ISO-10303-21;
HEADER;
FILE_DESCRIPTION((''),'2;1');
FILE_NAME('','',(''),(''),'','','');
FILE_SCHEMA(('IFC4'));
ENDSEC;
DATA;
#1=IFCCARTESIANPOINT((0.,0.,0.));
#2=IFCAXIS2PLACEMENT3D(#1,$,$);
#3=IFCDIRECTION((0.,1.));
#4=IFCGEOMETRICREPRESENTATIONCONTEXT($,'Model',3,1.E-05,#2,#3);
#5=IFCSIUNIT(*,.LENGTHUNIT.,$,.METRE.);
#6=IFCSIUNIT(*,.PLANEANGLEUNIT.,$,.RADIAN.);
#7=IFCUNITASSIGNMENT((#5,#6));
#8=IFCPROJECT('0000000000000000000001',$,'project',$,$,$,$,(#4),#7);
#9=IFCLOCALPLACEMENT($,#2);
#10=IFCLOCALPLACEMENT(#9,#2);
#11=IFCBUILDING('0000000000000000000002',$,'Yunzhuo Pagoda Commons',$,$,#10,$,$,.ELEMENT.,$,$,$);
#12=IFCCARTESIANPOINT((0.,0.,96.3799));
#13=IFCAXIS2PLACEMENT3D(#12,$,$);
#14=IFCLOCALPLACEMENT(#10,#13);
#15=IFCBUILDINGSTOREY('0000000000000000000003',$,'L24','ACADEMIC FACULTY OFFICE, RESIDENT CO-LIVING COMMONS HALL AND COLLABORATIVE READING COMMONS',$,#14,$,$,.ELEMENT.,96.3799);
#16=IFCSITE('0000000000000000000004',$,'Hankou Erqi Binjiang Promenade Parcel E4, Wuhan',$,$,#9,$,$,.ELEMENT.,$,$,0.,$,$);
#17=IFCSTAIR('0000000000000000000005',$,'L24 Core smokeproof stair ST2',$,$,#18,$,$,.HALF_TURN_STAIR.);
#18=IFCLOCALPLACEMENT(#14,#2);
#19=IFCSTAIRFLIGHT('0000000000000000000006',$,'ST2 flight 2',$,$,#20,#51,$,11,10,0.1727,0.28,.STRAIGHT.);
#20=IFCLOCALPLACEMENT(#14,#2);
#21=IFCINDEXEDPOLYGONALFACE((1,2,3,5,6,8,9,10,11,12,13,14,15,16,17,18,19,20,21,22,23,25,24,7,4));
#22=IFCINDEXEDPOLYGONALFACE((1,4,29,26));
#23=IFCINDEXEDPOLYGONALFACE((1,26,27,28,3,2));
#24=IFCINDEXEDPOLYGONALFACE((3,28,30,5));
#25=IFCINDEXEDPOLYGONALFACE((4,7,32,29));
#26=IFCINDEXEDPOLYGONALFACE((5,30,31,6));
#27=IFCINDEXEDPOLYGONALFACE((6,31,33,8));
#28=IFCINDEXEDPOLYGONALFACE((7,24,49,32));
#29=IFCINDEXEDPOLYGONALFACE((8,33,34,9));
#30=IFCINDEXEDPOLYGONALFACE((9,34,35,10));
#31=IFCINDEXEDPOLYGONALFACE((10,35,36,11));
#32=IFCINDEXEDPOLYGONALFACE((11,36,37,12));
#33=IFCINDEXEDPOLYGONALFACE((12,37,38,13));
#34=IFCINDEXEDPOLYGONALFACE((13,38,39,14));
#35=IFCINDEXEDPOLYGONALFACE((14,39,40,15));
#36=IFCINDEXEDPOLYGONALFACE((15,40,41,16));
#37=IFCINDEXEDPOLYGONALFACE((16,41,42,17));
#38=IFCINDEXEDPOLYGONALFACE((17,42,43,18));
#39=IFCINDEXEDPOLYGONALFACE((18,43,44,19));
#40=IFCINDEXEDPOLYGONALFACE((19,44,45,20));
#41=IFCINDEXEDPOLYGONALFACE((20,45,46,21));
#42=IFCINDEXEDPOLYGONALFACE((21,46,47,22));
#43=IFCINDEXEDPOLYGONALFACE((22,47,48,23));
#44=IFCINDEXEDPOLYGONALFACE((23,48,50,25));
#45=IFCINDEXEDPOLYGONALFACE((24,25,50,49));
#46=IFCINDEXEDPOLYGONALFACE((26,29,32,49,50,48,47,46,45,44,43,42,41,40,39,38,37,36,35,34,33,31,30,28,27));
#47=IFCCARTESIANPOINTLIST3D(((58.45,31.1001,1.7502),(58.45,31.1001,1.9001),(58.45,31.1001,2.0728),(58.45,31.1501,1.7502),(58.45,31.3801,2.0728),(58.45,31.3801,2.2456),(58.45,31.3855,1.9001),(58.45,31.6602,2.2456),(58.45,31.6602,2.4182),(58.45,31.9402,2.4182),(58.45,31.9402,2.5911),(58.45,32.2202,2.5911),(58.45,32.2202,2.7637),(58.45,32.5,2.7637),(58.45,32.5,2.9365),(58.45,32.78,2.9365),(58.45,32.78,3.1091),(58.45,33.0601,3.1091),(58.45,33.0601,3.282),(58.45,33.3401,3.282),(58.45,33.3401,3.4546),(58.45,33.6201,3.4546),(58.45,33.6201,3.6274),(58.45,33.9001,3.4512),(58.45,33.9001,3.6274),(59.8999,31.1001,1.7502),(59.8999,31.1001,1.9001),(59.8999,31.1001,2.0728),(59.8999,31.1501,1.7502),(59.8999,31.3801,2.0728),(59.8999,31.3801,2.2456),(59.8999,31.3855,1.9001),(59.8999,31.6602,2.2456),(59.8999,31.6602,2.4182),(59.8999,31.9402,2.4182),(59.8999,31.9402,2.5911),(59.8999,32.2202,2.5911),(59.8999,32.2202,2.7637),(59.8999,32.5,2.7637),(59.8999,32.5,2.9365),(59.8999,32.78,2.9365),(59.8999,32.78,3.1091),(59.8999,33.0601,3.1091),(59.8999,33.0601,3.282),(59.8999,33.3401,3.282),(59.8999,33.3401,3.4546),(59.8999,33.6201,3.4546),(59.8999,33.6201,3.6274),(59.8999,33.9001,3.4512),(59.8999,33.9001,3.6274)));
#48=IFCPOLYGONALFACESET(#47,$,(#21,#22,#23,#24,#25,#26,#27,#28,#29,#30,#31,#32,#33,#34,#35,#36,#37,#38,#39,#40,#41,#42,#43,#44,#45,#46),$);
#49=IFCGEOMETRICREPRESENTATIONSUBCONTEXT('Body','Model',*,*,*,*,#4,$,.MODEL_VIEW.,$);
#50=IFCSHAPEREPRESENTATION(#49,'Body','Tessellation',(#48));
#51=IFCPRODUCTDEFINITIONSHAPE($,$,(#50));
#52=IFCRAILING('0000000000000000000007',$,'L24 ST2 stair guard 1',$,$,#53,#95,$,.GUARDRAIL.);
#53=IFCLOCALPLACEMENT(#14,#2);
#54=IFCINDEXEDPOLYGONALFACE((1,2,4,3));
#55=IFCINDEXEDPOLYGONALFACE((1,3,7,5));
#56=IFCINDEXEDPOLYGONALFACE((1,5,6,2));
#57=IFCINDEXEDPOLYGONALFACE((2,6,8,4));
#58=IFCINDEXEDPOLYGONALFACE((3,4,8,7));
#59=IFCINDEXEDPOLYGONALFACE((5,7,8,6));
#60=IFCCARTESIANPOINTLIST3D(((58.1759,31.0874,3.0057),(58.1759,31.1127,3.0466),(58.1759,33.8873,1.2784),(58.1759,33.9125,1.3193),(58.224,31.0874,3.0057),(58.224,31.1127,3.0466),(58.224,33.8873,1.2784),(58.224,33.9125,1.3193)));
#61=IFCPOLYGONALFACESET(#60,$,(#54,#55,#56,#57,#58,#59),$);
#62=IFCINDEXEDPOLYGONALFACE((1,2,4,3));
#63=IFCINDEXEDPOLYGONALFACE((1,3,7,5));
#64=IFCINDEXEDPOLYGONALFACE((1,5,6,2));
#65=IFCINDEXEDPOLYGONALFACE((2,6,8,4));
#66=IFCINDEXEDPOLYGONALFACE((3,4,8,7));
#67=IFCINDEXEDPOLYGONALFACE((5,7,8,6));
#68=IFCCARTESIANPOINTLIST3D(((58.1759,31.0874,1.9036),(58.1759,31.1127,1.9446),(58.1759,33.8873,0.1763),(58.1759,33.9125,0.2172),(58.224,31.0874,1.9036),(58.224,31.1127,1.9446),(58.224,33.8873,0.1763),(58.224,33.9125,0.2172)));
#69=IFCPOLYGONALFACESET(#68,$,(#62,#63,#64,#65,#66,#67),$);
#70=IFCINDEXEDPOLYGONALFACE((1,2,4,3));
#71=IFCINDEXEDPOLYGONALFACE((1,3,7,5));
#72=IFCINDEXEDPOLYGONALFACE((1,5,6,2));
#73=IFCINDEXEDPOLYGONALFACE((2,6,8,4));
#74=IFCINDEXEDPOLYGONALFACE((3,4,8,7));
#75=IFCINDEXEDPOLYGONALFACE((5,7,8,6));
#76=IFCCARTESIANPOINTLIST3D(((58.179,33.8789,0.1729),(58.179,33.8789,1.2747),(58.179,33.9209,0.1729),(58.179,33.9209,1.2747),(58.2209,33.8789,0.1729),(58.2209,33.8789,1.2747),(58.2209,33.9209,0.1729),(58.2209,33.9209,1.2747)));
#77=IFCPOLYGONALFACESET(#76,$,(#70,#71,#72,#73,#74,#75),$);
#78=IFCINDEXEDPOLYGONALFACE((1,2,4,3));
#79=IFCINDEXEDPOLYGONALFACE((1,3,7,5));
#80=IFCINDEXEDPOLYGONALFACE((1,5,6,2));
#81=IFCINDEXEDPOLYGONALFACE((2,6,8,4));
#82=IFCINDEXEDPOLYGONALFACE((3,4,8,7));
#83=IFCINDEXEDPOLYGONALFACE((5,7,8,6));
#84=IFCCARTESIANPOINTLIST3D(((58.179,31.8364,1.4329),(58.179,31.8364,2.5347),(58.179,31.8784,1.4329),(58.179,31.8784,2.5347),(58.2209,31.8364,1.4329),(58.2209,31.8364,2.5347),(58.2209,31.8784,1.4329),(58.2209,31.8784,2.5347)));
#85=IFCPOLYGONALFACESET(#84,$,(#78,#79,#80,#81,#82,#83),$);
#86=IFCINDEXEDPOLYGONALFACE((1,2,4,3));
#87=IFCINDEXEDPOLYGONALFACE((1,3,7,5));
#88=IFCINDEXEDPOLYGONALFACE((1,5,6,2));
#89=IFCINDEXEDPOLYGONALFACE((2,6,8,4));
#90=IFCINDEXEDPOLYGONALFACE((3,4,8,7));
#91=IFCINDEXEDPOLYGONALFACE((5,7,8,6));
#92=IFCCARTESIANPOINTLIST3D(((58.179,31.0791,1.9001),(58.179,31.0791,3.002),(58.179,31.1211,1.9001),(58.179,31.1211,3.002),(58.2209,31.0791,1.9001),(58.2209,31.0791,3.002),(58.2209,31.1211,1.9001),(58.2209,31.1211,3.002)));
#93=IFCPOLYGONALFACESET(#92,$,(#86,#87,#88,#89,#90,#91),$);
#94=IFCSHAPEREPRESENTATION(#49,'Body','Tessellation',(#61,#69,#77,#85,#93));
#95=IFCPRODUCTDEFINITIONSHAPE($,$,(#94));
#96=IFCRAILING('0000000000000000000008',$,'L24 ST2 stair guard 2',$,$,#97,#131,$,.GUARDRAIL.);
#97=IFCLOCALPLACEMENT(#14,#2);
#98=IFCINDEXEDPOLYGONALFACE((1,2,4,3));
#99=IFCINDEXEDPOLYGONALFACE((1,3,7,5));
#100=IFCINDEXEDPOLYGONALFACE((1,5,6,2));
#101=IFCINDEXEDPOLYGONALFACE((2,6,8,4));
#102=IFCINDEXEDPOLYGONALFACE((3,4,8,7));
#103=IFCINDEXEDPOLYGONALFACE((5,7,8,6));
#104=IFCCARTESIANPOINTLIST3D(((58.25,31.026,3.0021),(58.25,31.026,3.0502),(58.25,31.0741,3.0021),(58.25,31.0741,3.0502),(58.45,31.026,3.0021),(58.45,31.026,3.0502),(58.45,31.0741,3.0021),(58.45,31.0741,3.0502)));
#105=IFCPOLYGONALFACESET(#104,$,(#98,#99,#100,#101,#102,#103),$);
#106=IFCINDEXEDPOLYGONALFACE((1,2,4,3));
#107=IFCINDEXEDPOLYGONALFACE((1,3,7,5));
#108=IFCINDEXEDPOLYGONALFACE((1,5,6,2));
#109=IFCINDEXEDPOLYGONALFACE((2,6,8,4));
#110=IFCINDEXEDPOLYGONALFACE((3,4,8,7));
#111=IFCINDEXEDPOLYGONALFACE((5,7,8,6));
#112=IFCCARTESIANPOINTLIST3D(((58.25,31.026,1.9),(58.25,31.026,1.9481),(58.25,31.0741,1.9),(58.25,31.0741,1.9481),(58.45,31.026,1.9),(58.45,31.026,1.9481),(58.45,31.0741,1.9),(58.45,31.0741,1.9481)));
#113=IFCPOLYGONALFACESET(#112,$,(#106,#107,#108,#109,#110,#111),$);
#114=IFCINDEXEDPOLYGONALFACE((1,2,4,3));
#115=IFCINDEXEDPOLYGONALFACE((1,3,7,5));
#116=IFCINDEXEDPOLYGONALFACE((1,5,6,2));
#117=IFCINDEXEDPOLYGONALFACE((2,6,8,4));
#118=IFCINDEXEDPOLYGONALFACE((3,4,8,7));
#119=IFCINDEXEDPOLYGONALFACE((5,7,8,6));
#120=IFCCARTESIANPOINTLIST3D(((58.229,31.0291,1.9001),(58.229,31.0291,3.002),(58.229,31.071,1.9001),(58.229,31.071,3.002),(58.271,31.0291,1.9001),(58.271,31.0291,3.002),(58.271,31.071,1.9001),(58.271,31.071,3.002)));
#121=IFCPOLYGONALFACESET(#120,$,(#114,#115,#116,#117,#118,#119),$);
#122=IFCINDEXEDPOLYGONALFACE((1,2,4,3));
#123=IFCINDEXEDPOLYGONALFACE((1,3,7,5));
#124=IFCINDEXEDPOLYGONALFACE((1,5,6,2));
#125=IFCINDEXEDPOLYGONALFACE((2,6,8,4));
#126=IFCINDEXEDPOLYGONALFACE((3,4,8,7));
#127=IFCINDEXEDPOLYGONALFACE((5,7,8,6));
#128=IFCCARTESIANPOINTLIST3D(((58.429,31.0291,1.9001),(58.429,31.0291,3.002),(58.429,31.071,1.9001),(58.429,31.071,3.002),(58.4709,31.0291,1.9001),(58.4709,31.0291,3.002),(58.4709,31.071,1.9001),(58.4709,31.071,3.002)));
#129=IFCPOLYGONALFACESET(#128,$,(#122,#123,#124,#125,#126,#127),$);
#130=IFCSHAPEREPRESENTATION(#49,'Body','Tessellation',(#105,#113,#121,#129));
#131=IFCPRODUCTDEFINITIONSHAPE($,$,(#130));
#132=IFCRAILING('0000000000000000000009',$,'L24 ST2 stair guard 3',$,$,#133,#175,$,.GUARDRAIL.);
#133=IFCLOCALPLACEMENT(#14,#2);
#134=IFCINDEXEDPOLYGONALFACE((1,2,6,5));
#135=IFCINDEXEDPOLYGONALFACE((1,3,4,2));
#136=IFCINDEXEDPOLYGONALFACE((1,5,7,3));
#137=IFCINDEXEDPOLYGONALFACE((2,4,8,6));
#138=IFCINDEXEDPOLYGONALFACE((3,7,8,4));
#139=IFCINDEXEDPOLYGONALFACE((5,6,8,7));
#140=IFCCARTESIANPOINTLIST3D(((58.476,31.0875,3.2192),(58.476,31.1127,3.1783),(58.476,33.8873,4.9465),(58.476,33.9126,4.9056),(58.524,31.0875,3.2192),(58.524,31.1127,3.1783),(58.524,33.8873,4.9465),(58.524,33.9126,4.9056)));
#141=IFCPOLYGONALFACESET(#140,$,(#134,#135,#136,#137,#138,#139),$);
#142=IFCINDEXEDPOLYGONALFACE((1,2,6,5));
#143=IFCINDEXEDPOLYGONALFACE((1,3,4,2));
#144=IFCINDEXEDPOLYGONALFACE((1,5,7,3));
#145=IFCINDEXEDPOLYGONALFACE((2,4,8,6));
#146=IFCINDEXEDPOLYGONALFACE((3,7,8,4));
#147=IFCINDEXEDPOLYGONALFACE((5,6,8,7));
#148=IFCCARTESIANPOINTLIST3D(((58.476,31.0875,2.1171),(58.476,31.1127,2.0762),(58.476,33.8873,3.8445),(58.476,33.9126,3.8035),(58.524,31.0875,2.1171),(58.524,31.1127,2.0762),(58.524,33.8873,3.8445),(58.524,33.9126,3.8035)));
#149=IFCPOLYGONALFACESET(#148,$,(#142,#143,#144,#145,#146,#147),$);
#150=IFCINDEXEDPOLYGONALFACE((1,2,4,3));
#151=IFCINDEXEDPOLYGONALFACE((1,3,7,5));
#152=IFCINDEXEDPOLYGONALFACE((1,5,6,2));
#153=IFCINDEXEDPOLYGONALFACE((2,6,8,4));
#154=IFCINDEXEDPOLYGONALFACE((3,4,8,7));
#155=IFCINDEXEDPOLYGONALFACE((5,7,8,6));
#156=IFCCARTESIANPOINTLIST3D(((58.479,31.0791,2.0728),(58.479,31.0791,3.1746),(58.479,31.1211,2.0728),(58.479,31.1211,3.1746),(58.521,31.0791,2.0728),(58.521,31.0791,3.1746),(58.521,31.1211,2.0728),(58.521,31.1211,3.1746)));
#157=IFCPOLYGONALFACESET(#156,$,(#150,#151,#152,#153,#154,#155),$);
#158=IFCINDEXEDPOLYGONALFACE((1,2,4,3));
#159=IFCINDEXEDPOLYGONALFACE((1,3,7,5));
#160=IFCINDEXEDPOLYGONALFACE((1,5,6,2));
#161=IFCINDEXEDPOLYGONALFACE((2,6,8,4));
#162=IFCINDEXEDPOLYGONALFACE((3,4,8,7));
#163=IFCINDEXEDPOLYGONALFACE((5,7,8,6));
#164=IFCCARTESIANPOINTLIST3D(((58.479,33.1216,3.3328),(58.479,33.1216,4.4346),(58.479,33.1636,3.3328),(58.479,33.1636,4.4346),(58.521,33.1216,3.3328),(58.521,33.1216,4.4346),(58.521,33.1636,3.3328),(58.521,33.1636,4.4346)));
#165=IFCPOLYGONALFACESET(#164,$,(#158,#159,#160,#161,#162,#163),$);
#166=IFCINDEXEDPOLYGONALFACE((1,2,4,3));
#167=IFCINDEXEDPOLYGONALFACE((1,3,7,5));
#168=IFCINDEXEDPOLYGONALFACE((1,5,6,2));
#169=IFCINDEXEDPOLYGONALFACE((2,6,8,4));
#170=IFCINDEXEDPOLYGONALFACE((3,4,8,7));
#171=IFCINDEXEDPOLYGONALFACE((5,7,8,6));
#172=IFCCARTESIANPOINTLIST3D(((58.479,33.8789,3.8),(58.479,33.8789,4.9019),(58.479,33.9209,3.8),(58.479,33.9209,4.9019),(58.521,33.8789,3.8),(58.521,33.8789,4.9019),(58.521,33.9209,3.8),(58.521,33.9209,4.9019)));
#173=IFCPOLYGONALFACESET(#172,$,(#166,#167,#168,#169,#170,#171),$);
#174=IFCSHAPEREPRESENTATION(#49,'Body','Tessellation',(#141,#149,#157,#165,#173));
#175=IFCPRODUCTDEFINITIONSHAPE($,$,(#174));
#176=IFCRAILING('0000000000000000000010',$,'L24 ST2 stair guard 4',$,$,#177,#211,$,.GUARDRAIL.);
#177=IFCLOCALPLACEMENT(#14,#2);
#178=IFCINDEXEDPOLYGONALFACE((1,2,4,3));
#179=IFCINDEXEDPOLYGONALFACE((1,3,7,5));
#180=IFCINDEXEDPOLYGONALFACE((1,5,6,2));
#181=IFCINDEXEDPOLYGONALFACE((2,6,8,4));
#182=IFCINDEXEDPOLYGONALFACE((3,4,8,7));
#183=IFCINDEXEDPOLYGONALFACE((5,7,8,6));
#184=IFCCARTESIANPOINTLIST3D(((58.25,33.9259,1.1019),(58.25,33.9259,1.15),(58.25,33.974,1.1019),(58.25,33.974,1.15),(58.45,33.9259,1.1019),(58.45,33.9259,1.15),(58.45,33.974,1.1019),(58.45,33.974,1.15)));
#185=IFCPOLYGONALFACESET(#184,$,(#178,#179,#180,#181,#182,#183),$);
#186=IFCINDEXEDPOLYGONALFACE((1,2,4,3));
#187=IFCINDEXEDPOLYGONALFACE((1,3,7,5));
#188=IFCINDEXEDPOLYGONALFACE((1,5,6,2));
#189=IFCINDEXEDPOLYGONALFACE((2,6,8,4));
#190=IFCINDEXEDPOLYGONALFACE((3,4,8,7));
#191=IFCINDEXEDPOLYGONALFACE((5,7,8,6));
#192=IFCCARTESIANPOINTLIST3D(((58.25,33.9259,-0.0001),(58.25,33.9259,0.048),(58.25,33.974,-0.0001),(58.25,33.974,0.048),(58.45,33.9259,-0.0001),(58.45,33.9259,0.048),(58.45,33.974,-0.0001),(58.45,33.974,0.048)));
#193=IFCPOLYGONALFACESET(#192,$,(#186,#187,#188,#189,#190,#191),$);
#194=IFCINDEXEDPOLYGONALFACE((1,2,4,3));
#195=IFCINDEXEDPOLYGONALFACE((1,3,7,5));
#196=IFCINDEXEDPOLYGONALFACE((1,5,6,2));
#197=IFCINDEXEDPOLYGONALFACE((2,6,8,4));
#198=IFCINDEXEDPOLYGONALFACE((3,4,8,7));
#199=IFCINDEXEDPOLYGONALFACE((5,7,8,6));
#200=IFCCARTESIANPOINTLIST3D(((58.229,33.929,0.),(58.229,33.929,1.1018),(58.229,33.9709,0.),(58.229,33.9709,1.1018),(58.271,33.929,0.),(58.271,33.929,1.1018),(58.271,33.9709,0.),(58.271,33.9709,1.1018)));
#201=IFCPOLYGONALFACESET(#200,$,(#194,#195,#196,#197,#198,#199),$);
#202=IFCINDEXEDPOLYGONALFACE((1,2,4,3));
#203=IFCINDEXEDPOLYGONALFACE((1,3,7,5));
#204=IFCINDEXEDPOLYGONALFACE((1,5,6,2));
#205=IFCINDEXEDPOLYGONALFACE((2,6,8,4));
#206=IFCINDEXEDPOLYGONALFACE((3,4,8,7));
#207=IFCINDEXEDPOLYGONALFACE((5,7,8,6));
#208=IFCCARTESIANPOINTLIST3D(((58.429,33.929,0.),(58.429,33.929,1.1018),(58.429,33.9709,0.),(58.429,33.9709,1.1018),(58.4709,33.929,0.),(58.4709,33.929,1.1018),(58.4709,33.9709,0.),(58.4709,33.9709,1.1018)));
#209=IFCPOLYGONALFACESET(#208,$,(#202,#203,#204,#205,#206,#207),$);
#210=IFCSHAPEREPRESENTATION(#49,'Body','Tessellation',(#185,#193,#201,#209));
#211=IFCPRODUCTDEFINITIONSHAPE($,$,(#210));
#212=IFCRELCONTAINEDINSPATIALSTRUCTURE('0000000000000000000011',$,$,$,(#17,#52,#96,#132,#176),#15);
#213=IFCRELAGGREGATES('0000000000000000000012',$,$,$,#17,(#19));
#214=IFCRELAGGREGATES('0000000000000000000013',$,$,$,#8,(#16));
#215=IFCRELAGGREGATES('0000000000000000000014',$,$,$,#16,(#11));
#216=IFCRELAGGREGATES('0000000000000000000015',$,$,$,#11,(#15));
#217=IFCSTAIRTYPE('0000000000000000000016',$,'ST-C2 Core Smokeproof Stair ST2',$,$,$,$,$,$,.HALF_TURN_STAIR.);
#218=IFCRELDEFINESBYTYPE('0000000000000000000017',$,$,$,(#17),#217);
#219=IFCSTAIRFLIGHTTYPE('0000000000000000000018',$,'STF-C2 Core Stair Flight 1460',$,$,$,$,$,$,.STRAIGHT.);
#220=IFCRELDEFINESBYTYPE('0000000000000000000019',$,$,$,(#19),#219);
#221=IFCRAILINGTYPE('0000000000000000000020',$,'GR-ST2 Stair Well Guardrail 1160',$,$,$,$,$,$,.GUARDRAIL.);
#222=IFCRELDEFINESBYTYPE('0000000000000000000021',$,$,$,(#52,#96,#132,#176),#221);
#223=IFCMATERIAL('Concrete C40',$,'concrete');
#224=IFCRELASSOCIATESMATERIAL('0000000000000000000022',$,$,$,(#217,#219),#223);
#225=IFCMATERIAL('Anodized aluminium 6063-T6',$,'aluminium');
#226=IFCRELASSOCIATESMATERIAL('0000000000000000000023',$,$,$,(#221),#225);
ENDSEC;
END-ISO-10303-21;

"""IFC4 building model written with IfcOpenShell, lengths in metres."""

from ifc_helpers import new_model, si_unit, direction, frame, origin, origin_2d, place, context, subcontext, project, spatial, polyline, rectangle, outline, extrude, source, transform, mapped, material, type_object, element, aggregate, save


model = new_model("IFC4")

# Units and contexts
model_context = context("Model", 3, precision=1e-05, world=origin(), true_north=direction((0.0, 1.0)))
body_context = subcontext(model_context, "Body", "Model", "MODEL_VIEW")
ifc_project = project(units=[si_unit("LENGTHUNIT", "METRE"), si_unit("PLANEANGLEUNIT", "RADIAN")], contexts=[model_context])

# Site, building, storey
site_placement = place(None, origin())
site = spatial("IfcSite", under=ifc_project, at=site_placement, Name="Hankou Erqi Binjiang Promenade Parcel E4, Wuhan", CompositionType="ELEMENT", RefElevation=0.0)
building_placement = place(site_placement, origin())
building = spatial("IfcBuilding", under=site, at=building_placement, Name="Yunzhuo Pagoda Commons", CompositionType="ELEMENT")
storey_placement = place(building_placement, frame((0.0, 0.0, 96.3799)))
storey = spatial("IfcBuildingStorey", under=building, at=storey_placement, Name="L24", Description="ACADEMIC FACULTY OFFICE, RESIDENT CO-LIVING COMMONS HALL AND COLLABORATIVE READING COMMONS", CompositionType="ELEMENT", Elevation=96.3799)

# Shared definitions
ifc_material_1 = material(Name="Concrete C40", Category="concrete")

# Stair, stair flight
stair_type = type_object("IfcStairType", Name="ST-C2 Core Smokeproof Stair ST2", PredefinedType="HALF_TURN_STAIR", material=ifc_material_1)
stair_placement = place(storey_placement, origin())
stair = element("IfcStair", 1, at=stair_placement, inside=storey, type_object=stair_type, Name="L24 Core smokeproof stair ST2", PredefinedType="HALF_TURN_STAIR")
stair_flight_type = type_object("IfcStairFlightType", Name="STF-C2 Core Stair Flight 1460", PredefinedType="STRAIGHT", material=ifc_material_1)
shared_shape_1 = source(origin(), body_context, "Body", "SweptSolid", [
    extrude(outline(polyline([(0.0, -0.1499), (0.0, 0.0), (0.0, 0.1726), (0.28, 0.1726), (0.28, 0.3455), (0.5601, 0.3455), (0.5601, 0.5181), (0.8401, 0.5181), (0.8401, 0.6909), (1.1201, 0.6909), (1.1201, 0.8635), (1.3999, 0.8635), (1.3999, 1.0364), (1.6799, 1.0364), (1.6799, 1.209), (1.96, 1.209), (1.96, 1.3818), (2.24, 1.3818), (2.24, 1.5544), (2.52, 1.5544), (2.52, 1.7273), (2.8, 1.7273), (2.8, 1.8999), (2.8, 1.551), (0.2854, 0.0), (0.05, -0.1499), (0.0, -0.1499)])), frame((0.0, 0.7251, 0.0), z_axis=(0.0, -1.0, 0.0), x_axis=(1.0, 0.0, 0.0)), (0.0, 0.0, 1.0), 1.45),
])
stair_flight_1_placement = place(storey_placement, frame((59.175, 31.1001, 1.9001), z_axis=(0.0, 0.0, 1.0), x_axis=(0.0, 1.0, 0.0)))
stair_flight_1 = element("IfcStairFlight", 2, at=stair_flight_1_placement, type_object=stair_flight_type, Name="ST2 flight 2", NumberOfRisers=11, NumberOfTreads=10, PredefinedType="STRAIGHT", RiserHeight=0.1727, TreadLength=0.28, context=body_context, shape_type="MappedRepresentation", body=[
    mapped(shared_shape_1, transform((0.0, 0.0, 0.0), scale=1.0)),
])
aggregate(stair, [stair_flight_1])

# Railings
ifc_material_2 = material(Name="Anodized aluminium 6063-T6", Category="aluminium")
railing_type_1 = type_object("IfcRailingType", Name="GR-ST2 Stair Well Guardrail 1160", PredefinedType="GUARDRAIL", material=ifc_material_2)
railing_1_placement = place(storey_placement, frame((58.2, 33.8999, 0.1729)))
element("IfcRailing", 3, at=railing_1_placement, inside=storey, type_object=railing_type_1, Name="L24 ST2 stair guard 1", PredefinedType="GUARDRAIL", context=body_context, shape_type="SweptSolid", body=[
    extrude(rectangle(XDim=0.0481, YDim=0.0481, at=origin_2d()), frame((0.0, 0.0, 1.126), z_axis=(0.0, -0.851069, 0.525054), x_axis=(1.0, 0.0, 0.0)), (0.0, 0.0, 1.0), 3.2898),
    extrude(rectangle(XDim=0.0481, YDim=0.0481, at=origin_2d()), frame((0.0, 0.0, 0.0239), z_axis=(0.0, -0.851069, 0.525054), x_axis=(1.0, 0.0, 0.0)), (0.0, 0.0, 1.0), 3.2898),
    extrude(rectangle(XDim=0.042, YDim=0.042, at=origin_2d()), origin(), (0.0, 0.0, 1.0), 1.1018),
    extrude(rectangle(XDim=0.042, YDim=0.042, at=origin_2d()), frame((0.0, -2.0425, 1.26)), (0.0, 0.0, 1.0), 1.1018),
    extrude(rectangle(XDim=0.042, YDim=0.042, at=origin_2d()), frame((0.0, -2.7998, 1.7273)), (0.0, 0.0, 1.0), 1.1018),
])
railing_2_placement = place(storey_placement, frame((58.25, 31.05, 1.9001)))
element("IfcRailing", 4, at=railing_2_placement, inside=storey, type_object=railing_type_1, Name="L24 ST2 stair guard 2", PredefinedType="GUARDRAIL", context=body_context, shape_type="SweptSolid", body=[
    extrude(rectangle(XDim=0.0481, YDim=0.0481, at=origin_2d()), frame((0.0, 0.0, 1.126), z_axis=(1.0, 0.0, 0.0), x_axis=(0.0, 1.0, 0.0)), (0.0, 0.0, 1.0), 0.2),
    extrude(rectangle(XDim=0.0481, YDim=0.0481, at=origin_2d()), frame((0.0, 0.0, 0.0239), z_axis=(1.0, 0.0, 0.0), x_axis=(0.0, 1.0, 0.0)), (0.0, 0.0, 1.0), 0.2),
    extrude(rectangle(XDim=0.042, YDim=0.042, at=origin_2d()), origin(), (0.0, 0.0, 1.0), 1.1018),
    extrude(rectangle(XDim=0.042, YDim=0.042, at=origin_2d()), frame((0.2, 0.0, 0.0)), (0.0, 0.0, 1.0), 1.1018),
])
railing_3_placement = place(storey_placement, frame((58.5, 31.1001, 2.0728)))
element("IfcRailing", 5, at=railing_3_placement, inside=storey, type_object=railing_type_1, Name="L24 ST2 stair guard 3", PredefinedType="GUARDRAIL", context=body_context, shape_type="SweptSolid", body=[
    extrude(rectangle(XDim=0.0481, YDim=0.0481, at=origin_2d()), frame((0.0, 0.0, 1.126), z_axis=(0.0, 0.851069, 0.525054), x_axis=(-1.0, 0.0, 0.0)), (0.0, 0.0, 1.0), 3.2898),
    extrude(rectangle(XDim=0.0481, YDim=0.0481, at=origin_2d()), frame((0.0, 0.0, 0.0239), z_axis=(0.0, 0.851069, 0.525054), x_axis=(-1.0, 0.0, 0.0)), (0.0, 0.0, 1.0), 3.2898),
    extrude(rectangle(XDim=0.042, YDim=0.042, at=origin_2d()), origin(), (0.0, 0.0, 1.0), 1.1018),
    extrude(rectangle(XDim=0.042, YDim=0.042, at=origin_2d()), frame((0.0, 2.0425, 1.26)), (0.0, 0.0, 1.0), 1.1018),
    extrude(rectangle(XDim=0.042, YDim=0.042, at=origin_2d()), frame((0.0, 2.7998, 1.7273)), (0.0, 0.0, 1.0), 1.1018),
])
railing_4_placement = place(storey_placement, frame((58.25, 33.95, 0.0)))
element("IfcRailing", 6, at=railing_4_placement, inside=storey, type_object=railing_type_1, Name="L24 ST2 stair guard 4", PredefinedType="GUARDRAIL", context=body_context, shape_type="SweptSolid", body=[
    extrude(rectangle(XDim=0.0481, YDim=0.0481, at=origin_2d()), frame((0.0, 0.0, 1.126), z_axis=(1.0, 0.0, 0.0), x_axis=(0.0, 1.0, 0.0)), (0.0, 0.0, 1.0), 0.2),
    extrude(rectangle(XDim=0.0481, YDim=0.0481, at=origin_2d()), frame((0.0, 0.0, 0.0239), z_axis=(1.0, 0.0, 0.0), x_axis=(0.0, 1.0, 0.0)), (0.0, 0.0, 1.0), 0.2),
    extrude(rectangle(XDim=0.042, YDim=0.042, at=origin_2d()), origin(), (0.0, 0.0, 1.0), 1.1018),
    extrude(rectangle(XDim=0.042, YDim=0.042, at=origin_2d()), frame((0.2, 0.0, 0.0)), (0.0, 0.0, 1.0), 1.1018),
])

save(model, "model.ifc")
